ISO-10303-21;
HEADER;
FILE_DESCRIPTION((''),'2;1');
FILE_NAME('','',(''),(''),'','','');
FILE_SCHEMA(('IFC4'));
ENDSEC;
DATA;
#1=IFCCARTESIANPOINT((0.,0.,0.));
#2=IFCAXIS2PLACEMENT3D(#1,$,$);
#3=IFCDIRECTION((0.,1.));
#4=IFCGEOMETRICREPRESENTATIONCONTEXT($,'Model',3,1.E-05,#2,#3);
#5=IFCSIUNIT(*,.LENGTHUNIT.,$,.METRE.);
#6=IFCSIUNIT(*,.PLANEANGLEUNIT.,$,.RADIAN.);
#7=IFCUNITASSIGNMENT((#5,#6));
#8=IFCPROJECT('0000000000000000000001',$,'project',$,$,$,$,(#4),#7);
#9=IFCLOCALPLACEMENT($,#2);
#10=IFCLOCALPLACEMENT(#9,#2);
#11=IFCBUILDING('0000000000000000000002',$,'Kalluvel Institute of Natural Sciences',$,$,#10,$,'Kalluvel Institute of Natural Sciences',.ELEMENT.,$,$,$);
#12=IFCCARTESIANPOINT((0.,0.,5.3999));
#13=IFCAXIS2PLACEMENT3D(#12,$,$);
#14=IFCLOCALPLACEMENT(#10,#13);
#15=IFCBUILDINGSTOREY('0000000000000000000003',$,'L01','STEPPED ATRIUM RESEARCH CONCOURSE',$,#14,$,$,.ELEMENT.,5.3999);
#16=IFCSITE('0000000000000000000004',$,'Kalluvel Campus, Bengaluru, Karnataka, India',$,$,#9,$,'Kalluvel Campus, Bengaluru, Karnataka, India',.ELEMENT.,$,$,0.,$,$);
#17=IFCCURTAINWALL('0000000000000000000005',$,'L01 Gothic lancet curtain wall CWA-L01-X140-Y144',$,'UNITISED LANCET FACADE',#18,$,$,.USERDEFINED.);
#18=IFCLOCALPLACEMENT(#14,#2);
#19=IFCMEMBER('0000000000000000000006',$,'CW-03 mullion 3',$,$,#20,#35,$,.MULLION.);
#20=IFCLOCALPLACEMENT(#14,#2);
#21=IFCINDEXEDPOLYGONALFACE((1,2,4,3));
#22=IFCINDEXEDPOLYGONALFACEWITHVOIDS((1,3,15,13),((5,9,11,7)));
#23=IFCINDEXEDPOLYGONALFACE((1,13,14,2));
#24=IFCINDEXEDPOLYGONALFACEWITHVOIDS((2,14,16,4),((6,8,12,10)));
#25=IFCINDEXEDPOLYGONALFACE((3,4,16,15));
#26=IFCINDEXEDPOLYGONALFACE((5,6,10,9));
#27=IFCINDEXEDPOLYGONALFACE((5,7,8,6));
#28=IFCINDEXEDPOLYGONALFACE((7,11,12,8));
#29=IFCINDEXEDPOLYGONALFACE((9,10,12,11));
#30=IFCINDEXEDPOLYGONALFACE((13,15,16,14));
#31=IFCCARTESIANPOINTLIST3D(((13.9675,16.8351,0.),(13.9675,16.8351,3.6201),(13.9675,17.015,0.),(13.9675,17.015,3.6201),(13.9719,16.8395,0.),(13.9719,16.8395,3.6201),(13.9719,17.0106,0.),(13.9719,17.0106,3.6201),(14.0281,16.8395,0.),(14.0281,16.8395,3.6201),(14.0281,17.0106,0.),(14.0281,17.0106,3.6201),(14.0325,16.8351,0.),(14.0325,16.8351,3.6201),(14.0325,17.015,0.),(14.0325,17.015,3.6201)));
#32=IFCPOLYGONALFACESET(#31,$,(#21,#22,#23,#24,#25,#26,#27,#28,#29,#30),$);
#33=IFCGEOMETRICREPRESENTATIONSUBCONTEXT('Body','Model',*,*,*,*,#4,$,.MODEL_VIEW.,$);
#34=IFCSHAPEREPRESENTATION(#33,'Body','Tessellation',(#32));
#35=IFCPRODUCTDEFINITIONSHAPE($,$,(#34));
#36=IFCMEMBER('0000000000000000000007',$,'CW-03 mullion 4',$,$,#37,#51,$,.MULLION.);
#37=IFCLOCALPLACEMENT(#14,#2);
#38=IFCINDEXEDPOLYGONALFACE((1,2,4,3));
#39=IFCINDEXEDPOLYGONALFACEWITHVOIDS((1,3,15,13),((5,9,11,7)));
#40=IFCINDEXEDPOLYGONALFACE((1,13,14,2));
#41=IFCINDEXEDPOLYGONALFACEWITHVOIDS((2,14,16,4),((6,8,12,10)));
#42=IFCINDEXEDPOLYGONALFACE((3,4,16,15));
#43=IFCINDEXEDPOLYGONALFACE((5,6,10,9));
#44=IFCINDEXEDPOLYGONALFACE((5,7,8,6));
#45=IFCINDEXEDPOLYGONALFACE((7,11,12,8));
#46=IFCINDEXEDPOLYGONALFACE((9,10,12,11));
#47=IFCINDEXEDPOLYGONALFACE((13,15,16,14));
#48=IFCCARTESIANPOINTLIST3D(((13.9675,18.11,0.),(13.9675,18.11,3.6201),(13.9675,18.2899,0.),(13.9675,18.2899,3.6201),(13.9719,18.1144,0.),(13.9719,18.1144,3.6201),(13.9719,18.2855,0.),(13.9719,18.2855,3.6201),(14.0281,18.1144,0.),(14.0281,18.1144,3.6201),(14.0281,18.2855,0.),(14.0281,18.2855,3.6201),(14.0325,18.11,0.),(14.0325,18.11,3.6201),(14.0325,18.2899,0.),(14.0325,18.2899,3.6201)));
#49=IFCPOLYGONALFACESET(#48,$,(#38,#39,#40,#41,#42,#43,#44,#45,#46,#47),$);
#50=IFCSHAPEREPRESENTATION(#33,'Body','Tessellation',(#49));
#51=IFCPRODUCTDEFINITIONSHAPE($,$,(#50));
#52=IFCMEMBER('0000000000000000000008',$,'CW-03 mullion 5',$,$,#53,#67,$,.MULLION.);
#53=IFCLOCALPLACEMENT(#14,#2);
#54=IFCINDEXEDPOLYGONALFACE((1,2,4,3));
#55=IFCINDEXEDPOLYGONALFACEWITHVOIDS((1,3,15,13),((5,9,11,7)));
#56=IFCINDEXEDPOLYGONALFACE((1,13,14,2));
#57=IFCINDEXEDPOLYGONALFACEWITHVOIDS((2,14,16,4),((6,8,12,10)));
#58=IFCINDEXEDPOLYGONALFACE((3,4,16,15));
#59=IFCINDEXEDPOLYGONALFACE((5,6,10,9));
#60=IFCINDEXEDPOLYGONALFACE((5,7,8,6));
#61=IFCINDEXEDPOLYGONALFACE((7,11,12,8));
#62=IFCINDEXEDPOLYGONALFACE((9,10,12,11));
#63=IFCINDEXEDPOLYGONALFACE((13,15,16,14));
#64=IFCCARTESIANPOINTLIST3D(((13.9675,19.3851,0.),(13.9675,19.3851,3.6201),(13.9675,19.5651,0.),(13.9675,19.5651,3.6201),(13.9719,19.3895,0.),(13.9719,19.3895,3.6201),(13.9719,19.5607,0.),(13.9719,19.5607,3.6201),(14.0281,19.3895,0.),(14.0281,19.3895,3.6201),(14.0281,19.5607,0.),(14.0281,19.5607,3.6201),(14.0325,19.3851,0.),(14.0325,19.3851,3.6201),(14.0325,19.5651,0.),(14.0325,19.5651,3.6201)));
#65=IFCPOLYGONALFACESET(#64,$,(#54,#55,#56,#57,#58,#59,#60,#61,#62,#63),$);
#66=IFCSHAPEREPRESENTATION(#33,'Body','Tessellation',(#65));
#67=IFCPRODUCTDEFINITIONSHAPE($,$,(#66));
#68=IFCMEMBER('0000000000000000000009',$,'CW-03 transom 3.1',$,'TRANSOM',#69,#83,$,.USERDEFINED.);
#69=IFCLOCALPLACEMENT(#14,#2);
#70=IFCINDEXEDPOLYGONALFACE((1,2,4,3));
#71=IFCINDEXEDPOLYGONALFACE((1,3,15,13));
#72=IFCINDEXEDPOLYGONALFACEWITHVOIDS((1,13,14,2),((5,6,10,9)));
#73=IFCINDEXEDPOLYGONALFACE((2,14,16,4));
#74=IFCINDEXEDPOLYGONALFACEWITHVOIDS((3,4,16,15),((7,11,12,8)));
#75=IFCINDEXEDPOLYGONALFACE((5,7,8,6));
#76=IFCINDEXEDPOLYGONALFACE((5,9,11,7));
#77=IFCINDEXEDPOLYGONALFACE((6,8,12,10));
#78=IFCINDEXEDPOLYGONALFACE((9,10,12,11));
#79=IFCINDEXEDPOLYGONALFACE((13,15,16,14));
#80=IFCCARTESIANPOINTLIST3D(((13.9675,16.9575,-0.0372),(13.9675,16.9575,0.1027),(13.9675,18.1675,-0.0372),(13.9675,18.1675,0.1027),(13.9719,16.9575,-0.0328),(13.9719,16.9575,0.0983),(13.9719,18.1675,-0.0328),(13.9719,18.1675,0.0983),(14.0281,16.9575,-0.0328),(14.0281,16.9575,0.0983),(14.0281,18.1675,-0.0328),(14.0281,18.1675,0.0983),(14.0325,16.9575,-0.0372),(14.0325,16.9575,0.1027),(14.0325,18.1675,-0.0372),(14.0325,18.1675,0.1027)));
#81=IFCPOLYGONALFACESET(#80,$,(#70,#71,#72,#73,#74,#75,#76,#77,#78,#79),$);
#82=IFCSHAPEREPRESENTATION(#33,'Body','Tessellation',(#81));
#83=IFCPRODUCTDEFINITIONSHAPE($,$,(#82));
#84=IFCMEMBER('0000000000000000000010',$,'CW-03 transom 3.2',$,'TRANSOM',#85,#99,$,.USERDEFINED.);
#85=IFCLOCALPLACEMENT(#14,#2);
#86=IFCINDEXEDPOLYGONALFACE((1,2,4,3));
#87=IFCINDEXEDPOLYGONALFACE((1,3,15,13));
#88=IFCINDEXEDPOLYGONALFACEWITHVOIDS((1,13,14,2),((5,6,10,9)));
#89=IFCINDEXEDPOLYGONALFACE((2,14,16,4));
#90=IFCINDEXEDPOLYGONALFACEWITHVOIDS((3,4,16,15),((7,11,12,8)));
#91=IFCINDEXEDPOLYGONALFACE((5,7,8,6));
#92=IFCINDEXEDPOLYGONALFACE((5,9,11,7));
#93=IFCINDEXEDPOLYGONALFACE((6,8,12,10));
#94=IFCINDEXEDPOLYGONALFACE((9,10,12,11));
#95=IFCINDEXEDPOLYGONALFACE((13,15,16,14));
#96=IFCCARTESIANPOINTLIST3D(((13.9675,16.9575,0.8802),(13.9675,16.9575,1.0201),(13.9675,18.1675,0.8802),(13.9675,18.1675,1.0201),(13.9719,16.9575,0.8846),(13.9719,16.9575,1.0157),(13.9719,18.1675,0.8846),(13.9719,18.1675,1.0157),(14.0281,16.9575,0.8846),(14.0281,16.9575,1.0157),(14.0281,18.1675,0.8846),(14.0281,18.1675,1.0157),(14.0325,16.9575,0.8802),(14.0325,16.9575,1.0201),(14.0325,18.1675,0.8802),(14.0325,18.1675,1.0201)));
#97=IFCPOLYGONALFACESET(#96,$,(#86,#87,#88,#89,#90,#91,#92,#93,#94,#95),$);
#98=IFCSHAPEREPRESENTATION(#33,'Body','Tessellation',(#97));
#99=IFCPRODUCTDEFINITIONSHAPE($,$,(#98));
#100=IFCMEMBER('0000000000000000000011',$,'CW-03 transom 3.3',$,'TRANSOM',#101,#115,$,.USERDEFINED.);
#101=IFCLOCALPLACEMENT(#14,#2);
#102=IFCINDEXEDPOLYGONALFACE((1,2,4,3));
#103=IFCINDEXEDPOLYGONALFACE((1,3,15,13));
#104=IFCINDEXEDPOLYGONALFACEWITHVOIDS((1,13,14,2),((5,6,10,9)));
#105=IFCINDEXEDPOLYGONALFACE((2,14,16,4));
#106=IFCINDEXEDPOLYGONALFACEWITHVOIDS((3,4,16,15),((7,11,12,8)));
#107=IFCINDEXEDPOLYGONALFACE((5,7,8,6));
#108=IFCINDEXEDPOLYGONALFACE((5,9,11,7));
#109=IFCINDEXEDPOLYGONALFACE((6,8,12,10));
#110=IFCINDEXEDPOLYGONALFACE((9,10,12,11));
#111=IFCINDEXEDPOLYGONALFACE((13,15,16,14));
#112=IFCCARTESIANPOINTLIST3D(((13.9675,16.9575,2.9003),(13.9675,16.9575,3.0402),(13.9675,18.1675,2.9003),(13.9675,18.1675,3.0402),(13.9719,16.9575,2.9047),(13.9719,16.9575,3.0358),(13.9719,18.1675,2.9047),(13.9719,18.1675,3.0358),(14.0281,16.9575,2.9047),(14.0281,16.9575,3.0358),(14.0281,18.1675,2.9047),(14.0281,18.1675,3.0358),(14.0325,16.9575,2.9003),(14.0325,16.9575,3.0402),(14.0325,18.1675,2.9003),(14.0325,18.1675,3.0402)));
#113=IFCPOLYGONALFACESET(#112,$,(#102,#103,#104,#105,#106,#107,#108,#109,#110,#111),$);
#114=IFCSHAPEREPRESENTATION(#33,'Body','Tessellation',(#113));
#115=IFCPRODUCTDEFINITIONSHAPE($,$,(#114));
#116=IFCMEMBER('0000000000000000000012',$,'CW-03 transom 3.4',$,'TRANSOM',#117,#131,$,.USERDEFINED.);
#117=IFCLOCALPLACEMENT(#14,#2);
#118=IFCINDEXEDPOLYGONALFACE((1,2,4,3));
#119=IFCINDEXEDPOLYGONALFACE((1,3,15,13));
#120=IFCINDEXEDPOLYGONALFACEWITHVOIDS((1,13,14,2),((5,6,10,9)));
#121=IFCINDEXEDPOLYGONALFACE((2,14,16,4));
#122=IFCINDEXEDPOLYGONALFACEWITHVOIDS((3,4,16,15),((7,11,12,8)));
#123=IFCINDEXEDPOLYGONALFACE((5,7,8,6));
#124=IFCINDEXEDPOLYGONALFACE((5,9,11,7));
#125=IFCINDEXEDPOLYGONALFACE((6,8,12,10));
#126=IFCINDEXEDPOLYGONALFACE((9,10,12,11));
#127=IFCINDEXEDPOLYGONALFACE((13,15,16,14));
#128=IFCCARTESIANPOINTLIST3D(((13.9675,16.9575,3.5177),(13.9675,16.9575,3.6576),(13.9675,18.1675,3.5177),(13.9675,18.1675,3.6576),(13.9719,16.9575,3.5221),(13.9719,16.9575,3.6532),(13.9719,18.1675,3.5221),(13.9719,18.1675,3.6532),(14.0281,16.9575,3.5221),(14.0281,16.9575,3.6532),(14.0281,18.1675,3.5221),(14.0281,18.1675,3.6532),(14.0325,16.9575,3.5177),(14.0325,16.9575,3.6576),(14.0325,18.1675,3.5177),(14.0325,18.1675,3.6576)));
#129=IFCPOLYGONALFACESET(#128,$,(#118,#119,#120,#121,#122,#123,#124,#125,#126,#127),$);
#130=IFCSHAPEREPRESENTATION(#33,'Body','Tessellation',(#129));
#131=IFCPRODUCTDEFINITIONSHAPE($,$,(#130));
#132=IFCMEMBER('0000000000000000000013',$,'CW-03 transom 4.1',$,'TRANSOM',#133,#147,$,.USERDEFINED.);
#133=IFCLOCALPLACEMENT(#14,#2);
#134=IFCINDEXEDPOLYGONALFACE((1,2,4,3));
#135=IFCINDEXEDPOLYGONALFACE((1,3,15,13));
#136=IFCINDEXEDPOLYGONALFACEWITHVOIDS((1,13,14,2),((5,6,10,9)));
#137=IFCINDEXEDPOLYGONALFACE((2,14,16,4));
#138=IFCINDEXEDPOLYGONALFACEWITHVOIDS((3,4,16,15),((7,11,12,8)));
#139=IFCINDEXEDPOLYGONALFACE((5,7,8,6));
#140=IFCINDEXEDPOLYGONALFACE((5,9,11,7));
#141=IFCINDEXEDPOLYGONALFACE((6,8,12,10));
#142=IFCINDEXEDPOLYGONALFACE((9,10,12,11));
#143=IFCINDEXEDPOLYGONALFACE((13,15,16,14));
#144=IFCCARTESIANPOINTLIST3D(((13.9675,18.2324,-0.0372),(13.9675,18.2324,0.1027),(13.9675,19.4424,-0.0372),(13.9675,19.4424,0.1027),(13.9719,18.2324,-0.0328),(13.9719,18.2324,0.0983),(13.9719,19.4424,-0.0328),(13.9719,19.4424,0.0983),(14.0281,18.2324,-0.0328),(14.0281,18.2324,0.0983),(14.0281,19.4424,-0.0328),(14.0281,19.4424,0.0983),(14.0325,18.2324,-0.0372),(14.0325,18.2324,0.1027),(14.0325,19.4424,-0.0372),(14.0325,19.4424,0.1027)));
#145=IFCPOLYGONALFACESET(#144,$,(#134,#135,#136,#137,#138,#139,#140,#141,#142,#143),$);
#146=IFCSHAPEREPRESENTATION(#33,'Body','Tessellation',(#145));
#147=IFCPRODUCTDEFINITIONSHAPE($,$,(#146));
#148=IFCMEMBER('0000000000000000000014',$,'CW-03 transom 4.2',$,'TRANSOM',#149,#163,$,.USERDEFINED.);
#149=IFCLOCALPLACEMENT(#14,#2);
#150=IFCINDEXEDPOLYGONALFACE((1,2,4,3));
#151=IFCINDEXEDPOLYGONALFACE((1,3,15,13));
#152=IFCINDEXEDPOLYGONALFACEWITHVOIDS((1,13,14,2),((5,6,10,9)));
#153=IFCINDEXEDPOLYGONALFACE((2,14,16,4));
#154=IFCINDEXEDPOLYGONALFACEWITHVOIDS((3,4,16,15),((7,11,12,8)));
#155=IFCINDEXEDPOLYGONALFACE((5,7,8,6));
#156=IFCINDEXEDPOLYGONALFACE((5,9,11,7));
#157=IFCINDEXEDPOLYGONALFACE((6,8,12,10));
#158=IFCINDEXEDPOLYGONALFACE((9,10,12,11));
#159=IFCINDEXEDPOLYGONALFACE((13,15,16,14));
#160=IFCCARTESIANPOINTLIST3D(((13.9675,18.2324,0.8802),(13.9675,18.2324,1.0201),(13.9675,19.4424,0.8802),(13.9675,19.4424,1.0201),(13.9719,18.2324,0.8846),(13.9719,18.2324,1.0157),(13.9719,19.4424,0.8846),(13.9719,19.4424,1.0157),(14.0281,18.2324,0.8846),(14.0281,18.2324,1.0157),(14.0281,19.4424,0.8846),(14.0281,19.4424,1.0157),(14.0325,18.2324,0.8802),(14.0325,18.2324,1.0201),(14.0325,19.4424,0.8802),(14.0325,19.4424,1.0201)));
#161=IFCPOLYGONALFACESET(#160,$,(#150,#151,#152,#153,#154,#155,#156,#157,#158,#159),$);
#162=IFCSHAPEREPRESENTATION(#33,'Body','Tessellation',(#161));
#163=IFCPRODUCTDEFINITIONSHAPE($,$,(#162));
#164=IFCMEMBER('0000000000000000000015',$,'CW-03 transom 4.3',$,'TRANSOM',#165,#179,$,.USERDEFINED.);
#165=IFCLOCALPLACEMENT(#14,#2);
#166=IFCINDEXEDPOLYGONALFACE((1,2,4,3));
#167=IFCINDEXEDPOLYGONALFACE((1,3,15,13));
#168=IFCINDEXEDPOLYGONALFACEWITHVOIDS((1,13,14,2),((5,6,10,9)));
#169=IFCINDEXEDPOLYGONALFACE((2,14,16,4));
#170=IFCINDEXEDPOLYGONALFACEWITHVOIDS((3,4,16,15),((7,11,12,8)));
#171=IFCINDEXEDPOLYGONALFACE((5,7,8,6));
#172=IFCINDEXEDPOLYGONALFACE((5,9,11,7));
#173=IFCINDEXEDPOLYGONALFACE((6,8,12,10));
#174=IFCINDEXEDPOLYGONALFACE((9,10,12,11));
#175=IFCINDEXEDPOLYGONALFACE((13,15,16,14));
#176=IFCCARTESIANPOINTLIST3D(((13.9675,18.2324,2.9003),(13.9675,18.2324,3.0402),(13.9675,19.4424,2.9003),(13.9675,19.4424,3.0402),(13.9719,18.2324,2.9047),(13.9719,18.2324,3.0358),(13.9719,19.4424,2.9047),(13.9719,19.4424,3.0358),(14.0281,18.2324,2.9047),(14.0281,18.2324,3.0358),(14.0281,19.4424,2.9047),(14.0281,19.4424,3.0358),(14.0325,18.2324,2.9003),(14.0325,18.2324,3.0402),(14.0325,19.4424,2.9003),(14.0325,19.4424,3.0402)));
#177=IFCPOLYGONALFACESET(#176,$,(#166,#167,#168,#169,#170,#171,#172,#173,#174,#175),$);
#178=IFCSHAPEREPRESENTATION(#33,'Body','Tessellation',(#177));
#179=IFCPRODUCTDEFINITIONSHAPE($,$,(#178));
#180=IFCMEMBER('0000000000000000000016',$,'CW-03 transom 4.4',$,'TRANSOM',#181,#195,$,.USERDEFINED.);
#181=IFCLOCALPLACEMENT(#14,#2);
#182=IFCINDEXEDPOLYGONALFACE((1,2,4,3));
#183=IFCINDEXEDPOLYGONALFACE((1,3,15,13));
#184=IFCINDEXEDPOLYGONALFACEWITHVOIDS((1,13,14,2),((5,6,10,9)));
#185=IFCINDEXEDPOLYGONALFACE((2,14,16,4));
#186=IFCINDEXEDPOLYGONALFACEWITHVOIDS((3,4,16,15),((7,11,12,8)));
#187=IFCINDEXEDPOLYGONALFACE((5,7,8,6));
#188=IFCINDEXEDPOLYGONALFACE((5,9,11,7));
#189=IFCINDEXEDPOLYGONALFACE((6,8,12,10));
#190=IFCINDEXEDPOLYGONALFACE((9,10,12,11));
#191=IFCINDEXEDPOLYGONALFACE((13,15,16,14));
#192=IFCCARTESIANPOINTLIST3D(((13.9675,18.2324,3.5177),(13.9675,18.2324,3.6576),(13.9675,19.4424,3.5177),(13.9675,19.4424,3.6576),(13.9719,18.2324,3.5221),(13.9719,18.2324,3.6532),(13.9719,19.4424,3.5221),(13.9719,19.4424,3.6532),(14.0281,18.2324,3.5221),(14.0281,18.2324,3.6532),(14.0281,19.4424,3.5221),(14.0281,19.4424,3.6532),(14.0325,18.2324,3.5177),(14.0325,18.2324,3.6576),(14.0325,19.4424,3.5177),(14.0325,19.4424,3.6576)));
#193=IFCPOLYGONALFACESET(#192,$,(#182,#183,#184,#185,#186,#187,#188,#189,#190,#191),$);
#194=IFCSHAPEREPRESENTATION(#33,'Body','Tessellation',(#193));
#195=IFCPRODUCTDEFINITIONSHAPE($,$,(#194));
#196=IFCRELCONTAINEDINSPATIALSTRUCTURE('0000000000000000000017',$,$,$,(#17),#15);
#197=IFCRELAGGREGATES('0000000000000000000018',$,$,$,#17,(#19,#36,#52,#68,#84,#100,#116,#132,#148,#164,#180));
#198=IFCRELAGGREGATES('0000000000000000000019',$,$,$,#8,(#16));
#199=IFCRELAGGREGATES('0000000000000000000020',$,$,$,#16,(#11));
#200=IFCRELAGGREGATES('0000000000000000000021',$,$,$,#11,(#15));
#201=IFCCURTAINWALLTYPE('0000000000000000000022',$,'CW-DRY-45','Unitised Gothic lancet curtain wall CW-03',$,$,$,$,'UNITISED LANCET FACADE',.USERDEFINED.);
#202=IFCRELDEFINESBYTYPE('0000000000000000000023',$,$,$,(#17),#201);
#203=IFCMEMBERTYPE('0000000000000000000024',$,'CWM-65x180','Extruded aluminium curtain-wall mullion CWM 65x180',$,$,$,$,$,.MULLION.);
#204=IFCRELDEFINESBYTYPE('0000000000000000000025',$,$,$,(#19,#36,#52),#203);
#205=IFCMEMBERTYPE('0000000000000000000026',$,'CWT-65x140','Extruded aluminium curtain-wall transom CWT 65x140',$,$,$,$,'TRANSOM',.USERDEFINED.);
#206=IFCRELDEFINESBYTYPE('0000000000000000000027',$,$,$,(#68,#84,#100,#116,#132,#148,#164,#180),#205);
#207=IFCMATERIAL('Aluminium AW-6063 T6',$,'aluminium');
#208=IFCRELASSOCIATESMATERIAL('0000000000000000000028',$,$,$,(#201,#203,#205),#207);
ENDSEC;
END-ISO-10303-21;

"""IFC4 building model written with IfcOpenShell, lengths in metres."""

from ifc_helpers import new_model, si_unit, direction, frame, origin, origin_2d, place, context, subcontext, project, spatial, hollow_rectangle, extrude, material, material_profile, profile_set, type_object, element, aggregate, save


model = new_model("IFC4")

# Units and contexts
model_context = context("Model", 3, precision=1e-05, world=origin(), true_north=direction((0.0, 1.0)))
body_context = subcontext(model_context, "Body", "Model", "MODEL_VIEW")
ifc_project = project(units=[si_unit("LENGTHUNIT", "METRE"), si_unit("PLANEANGLEUNIT", "RADIAN")], contexts=[model_context])

# Site, building, storey
site_placement = place(None, origin())
site = spatial("IfcSite", under=ifc_project, at=site_placement, Name="Kalluvel Campus, Bengaluru, Karnataka, India", LongName="Kalluvel Campus, Bengaluru, Karnataka, India", CompositionType="ELEMENT", RefElevation=0.0)
building_placement = place(site_placement, origin())
building = spatial("IfcBuilding", under=site, at=building_placement, Name="Kalluvel Institute of Natural Sciences", LongName="Kalluvel Institute of Natural Sciences", CompositionType="ELEMENT")
storey_placement = place(building_placement, frame((0.0, 0.0, 5.3999)))
storey = spatial("IfcBuildingStorey", under=building, at=storey_placement, Name="L01", Description="STEPPED ATRIUM RESEARCH CONCOURSE", CompositionType="ELEMENT", Elevation=5.3999)

# Curtain wall, members
ifc_material_1 = material(Name="Aluminium AW-6063 T6", Category="aluminium")
curtain_wall_type = type_object("IfcCurtainWallType", Name="CW-DRY-45", Description="Unitised Gothic lancet curtain wall CW-03", ElementType="UNITISED LANCET FACADE", PredefinedType="USERDEFINED", material=ifc_material_1)
curtain_wall_placement = place(storey_placement, origin())
curtain_wall = element("IfcCurtainWall", 1, at=curtain_wall_placement, inside=storey, type_object=curtain_wall_type, Name="L01 Gothic lancet curtain wall CWA-L01-X140-Y144", ObjectType="UNITISED LANCET FACADE", PredefinedType="USERDEFINED")
ifc_material_profile_1 = material_profile(ifc_material_1, hollow_rectangle(XDim=0.0649, YDim=0.1799, WallThickness=0.0044, at=origin_2d()), Name="CWM 65x180")
ifc_profile_set_1 = profile_set([ifc_material_profile_1], Name="Aluminium AW-6063 T6")
member_type_1 = type_object("IfcMemberType", Name="CWM-65x180", Description="Extruded aluminium curtain-wall mullion CWM 65x180", PredefinedType="MULLION", material=ifc_profile_set_1)
member_1_placement = place(storey_placement, frame((14.0, 16.925, 0.0), z_axis=(0.0, 0.0, 1.0), x_axis=(-1.0, 0.0, 0.0)))
member_1 = element("IfcMember", 2, at=member_1_placement, type_object=member_type_1, Name="CW-03 mullion 3", PredefinedType="MULLION", context=body_context, shape_type="SweptSolid", body=[
    extrude(hollow_rectangle(XDim=0.0649, YDim=0.1799, WallThickness=0.0044, at=origin_2d()), origin(), (0.0, 0.0, 1.0), 3.6201),
])
member_2_placement = place(storey_placement, frame((14.0, 18.2, 0.0), z_axis=(0.0, 0.0, 1.0), x_axis=(-1.0, 0.0, 0.0)))
member_2 = element("IfcMember", 3, at=member_2_placement, type_object=member_type_1, Name="CW-03 mullion 4", PredefinedType="MULLION", context=body_context, shape_type="SweptSolid", body=[
    extrude(hollow_rectangle(XDim=0.0649, YDim=0.1799, WallThickness=0.0044, at=origin_2d()), origin(), (0.0, 0.0, 1.0), 3.6201),
])
member_3_placement = place(storey_placement, frame((14.0, 19.4751, 0.0), z_axis=(0.0, 0.0, 1.0), x_axis=(-1.0, 0.0, 0.0)))
member_3 = element("IfcMember", 4, at=member_3_placement, type_object=member_type_1, Name="CW-03 mullion 5", PredefinedType="MULLION", context=body_context, shape_type="SweptSolid", body=[
    extrude(hollow_rectangle(XDim=0.0649, YDim=0.1799, WallThickness=0.0044, at=origin_2d()), origin(), (0.0, 0.0, 1.0), 3.6201),
])
ifc_material_profile_2 = material_profile(ifc_material_1, hollow_rectangle(XDim=0.0649, YDim=0.1399, WallThickness=0.0044, at=origin_2d()), Name="CWT 65x140")
ifc_profile_set_2 = profile_set([ifc_material_profile_2], Name="Aluminium AW-6063 T6")
member_type_2 = type_object("IfcMemberType", Name="CWT-65x140", Description="Extruded aluminium curtain-wall transom CWT 65x140", ElementType="TRANSOM", PredefinedType="USERDEFINED", material=ifc_profile_set_2)
member_4_placement = place(storey_placement, frame((14.0, 16.9575, 0.0327), z_axis=(0.0, 1.0, 0.0), x_axis=(-1.0, 0.0, 0.0)))
member_4 = element("IfcMember", 5, at=member_4_placement, type_object=member_type_2, Name="CW-03 transom 3.1", ObjectType="TRANSOM", PredefinedType="USERDEFINED", context=body_context, shape_type="SweptSolid", body=[
    extrude(hollow_rectangle(XDim=0.0649, YDim=0.1399, WallThickness=0.0044, at=origin_2d()), origin(), (0.0, 0.0, 1.0), 1.21),
])
member_5_placement = place(storey_placement, frame((14.0, 16.9575, 0.9502), z_axis=(0.0, 1.0, 0.0), x_axis=(-1.0, 0.0, 0.0)))
member_5 = element("IfcMember", 6, at=member_5_placement, type_object=member_type_2, Name="CW-03 transom 3.2", ObjectType="TRANSOM", PredefinedType="USERDEFINED", context=body_context, shape_type="SweptSolid", body=[
    extrude(hollow_rectangle(XDim=0.0649, YDim=0.1399, WallThickness=0.0044, at=origin_2d()), origin(), (0.0, 0.0, 1.0), 1.21),
])
member_6_placement = place(storey_placement, frame((14.0, 16.9575, 2.9702), z_axis=(0.0, 1.0, 0.0), x_axis=(-1.0, 0.0, 0.0)))
member_6 = element("IfcMember", 7, at=member_6_placement, type_object=member_type_2, Name="CW-03 transom 3.3", ObjectType="TRANSOM", PredefinedType="USERDEFINED", context=body_context, shape_type="SweptSolid", body=[
    extrude(hollow_rectangle(XDim=0.0649, YDim=0.1399, WallThickness=0.0044, at=origin_2d()), origin(), (0.0, 0.0, 1.0), 1.21),
])
member_7_placement = place(storey_placement, frame((14.0, 16.9575, 3.5876), z_axis=(0.0, 1.0, 0.0), x_axis=(-1.0, 0.0, 0.0)))
member_7 = element("IfcMember", 8, at=member_7_placement, type_object=member_type_2, Name="CW-03 transom 3.4", ObjectType="TRANSOM", PredefinedType="USERDEFINED", context=body_context, shape_type="SweptSolid", body=[
    extrude(hollow_rectangle(XDim=0.0649, YDim=0.1399, WallThickness=0.0044, at=origin_2d()), origin(), (0.0, 0.0, 1.0), 1.21),
])
member_8_placement = place(storey_placement, frame((14.0, 18.2324, 0.0327), z_axis=(0.0, 1.0, 0.0), x_axis=(-1.0, 0.0, 0.0)))
member_8 = element("IfcMember", 9, at=member_8_placement, type_object=member_type_2, Name="CW-03 transom 4.1", ObjectType="TRANSOM", PredefinedType="USERDEFINED", context=body_context, shape_type="SweptSolid", body=[
    extrude(hollow_rectangle(XDim=0.0649, YDim=0.1399, WallThickness=0.0044, at=origin_2d()), origin(), (0.0, 0.0, 1.0), 1.21),
])
member_9_placement = place(storey_placement, frame((14.0, 18.2324, 0.9502), z_axis=(0.0, 1.0, 0.0), x_axis=(-1.0, 0.0, 0.0)))
member_9 = element("IfcMember", 10, at=member_9_placement, type_object=member_type_2, Name="CW-03 transom 4.2", ObjectType="TRANSOM", PredefinedType="USERDEFINED", context=body_context, shape_type="SweptSolid", body=[
    extrude(hollow_rectangle(XDim=0.0649, YDim=0.1399, WallThickness=0.0044, at=origin_2d()), origin(), (0.0, 0.0, 1.0), 1.21),
])
member_10_placement = place(storey_placement, frame((14.0, 18.2324, 2.9702), z_axis=(0.0, 1.0, 0.0), x_axis=(-1.0, 0.0, 0.0)))
member_10 = element("IfcMember", 11, at=member_10_placement, type_object=member_type_2, Name="CW-03 transom 4.3", ObjectType="TRANSOM", PredefinedType="USERDEFINED", context=body_context, shape_type="SweptSolid", body=[
    extrude(hollow_rectangle(XDim=0.0649, YDim=0.1399, WallThickness=0.0044, at=origin_2d()), origin(), (0.0, 0.0, 1.0), 1.21),
])
member_11_placement = place(storey_placement, frame((14.0, 18.2324, 3.5876), z_axis=(0.0, 1.0, 0.0), x_axis=(-1.0, 0.0, 0.0)))
member_11 = element("IfcMember", 12, at=member_11_placement, type_object=member_type_2, Name="CW-03 transom 4.4", ObjectType="TRANSOM", PredefinedType="USERDEFINED", context=body_context, shape_type="SweptSolid", body=[
    extrude(hollow_rectangle(XDim=0.0649, YDim=0.1399, WallThickness=0.0044, at=origin_2d()), origin(), (0.0, 0.0, 1.0), 1.21),
])
aggregate(curtain_wall, [member_1, member_2, member_3, member_4, member_5, member_6, member_7, member_8, member_9, member_10, member_11])

save(model, "model.ifc")
